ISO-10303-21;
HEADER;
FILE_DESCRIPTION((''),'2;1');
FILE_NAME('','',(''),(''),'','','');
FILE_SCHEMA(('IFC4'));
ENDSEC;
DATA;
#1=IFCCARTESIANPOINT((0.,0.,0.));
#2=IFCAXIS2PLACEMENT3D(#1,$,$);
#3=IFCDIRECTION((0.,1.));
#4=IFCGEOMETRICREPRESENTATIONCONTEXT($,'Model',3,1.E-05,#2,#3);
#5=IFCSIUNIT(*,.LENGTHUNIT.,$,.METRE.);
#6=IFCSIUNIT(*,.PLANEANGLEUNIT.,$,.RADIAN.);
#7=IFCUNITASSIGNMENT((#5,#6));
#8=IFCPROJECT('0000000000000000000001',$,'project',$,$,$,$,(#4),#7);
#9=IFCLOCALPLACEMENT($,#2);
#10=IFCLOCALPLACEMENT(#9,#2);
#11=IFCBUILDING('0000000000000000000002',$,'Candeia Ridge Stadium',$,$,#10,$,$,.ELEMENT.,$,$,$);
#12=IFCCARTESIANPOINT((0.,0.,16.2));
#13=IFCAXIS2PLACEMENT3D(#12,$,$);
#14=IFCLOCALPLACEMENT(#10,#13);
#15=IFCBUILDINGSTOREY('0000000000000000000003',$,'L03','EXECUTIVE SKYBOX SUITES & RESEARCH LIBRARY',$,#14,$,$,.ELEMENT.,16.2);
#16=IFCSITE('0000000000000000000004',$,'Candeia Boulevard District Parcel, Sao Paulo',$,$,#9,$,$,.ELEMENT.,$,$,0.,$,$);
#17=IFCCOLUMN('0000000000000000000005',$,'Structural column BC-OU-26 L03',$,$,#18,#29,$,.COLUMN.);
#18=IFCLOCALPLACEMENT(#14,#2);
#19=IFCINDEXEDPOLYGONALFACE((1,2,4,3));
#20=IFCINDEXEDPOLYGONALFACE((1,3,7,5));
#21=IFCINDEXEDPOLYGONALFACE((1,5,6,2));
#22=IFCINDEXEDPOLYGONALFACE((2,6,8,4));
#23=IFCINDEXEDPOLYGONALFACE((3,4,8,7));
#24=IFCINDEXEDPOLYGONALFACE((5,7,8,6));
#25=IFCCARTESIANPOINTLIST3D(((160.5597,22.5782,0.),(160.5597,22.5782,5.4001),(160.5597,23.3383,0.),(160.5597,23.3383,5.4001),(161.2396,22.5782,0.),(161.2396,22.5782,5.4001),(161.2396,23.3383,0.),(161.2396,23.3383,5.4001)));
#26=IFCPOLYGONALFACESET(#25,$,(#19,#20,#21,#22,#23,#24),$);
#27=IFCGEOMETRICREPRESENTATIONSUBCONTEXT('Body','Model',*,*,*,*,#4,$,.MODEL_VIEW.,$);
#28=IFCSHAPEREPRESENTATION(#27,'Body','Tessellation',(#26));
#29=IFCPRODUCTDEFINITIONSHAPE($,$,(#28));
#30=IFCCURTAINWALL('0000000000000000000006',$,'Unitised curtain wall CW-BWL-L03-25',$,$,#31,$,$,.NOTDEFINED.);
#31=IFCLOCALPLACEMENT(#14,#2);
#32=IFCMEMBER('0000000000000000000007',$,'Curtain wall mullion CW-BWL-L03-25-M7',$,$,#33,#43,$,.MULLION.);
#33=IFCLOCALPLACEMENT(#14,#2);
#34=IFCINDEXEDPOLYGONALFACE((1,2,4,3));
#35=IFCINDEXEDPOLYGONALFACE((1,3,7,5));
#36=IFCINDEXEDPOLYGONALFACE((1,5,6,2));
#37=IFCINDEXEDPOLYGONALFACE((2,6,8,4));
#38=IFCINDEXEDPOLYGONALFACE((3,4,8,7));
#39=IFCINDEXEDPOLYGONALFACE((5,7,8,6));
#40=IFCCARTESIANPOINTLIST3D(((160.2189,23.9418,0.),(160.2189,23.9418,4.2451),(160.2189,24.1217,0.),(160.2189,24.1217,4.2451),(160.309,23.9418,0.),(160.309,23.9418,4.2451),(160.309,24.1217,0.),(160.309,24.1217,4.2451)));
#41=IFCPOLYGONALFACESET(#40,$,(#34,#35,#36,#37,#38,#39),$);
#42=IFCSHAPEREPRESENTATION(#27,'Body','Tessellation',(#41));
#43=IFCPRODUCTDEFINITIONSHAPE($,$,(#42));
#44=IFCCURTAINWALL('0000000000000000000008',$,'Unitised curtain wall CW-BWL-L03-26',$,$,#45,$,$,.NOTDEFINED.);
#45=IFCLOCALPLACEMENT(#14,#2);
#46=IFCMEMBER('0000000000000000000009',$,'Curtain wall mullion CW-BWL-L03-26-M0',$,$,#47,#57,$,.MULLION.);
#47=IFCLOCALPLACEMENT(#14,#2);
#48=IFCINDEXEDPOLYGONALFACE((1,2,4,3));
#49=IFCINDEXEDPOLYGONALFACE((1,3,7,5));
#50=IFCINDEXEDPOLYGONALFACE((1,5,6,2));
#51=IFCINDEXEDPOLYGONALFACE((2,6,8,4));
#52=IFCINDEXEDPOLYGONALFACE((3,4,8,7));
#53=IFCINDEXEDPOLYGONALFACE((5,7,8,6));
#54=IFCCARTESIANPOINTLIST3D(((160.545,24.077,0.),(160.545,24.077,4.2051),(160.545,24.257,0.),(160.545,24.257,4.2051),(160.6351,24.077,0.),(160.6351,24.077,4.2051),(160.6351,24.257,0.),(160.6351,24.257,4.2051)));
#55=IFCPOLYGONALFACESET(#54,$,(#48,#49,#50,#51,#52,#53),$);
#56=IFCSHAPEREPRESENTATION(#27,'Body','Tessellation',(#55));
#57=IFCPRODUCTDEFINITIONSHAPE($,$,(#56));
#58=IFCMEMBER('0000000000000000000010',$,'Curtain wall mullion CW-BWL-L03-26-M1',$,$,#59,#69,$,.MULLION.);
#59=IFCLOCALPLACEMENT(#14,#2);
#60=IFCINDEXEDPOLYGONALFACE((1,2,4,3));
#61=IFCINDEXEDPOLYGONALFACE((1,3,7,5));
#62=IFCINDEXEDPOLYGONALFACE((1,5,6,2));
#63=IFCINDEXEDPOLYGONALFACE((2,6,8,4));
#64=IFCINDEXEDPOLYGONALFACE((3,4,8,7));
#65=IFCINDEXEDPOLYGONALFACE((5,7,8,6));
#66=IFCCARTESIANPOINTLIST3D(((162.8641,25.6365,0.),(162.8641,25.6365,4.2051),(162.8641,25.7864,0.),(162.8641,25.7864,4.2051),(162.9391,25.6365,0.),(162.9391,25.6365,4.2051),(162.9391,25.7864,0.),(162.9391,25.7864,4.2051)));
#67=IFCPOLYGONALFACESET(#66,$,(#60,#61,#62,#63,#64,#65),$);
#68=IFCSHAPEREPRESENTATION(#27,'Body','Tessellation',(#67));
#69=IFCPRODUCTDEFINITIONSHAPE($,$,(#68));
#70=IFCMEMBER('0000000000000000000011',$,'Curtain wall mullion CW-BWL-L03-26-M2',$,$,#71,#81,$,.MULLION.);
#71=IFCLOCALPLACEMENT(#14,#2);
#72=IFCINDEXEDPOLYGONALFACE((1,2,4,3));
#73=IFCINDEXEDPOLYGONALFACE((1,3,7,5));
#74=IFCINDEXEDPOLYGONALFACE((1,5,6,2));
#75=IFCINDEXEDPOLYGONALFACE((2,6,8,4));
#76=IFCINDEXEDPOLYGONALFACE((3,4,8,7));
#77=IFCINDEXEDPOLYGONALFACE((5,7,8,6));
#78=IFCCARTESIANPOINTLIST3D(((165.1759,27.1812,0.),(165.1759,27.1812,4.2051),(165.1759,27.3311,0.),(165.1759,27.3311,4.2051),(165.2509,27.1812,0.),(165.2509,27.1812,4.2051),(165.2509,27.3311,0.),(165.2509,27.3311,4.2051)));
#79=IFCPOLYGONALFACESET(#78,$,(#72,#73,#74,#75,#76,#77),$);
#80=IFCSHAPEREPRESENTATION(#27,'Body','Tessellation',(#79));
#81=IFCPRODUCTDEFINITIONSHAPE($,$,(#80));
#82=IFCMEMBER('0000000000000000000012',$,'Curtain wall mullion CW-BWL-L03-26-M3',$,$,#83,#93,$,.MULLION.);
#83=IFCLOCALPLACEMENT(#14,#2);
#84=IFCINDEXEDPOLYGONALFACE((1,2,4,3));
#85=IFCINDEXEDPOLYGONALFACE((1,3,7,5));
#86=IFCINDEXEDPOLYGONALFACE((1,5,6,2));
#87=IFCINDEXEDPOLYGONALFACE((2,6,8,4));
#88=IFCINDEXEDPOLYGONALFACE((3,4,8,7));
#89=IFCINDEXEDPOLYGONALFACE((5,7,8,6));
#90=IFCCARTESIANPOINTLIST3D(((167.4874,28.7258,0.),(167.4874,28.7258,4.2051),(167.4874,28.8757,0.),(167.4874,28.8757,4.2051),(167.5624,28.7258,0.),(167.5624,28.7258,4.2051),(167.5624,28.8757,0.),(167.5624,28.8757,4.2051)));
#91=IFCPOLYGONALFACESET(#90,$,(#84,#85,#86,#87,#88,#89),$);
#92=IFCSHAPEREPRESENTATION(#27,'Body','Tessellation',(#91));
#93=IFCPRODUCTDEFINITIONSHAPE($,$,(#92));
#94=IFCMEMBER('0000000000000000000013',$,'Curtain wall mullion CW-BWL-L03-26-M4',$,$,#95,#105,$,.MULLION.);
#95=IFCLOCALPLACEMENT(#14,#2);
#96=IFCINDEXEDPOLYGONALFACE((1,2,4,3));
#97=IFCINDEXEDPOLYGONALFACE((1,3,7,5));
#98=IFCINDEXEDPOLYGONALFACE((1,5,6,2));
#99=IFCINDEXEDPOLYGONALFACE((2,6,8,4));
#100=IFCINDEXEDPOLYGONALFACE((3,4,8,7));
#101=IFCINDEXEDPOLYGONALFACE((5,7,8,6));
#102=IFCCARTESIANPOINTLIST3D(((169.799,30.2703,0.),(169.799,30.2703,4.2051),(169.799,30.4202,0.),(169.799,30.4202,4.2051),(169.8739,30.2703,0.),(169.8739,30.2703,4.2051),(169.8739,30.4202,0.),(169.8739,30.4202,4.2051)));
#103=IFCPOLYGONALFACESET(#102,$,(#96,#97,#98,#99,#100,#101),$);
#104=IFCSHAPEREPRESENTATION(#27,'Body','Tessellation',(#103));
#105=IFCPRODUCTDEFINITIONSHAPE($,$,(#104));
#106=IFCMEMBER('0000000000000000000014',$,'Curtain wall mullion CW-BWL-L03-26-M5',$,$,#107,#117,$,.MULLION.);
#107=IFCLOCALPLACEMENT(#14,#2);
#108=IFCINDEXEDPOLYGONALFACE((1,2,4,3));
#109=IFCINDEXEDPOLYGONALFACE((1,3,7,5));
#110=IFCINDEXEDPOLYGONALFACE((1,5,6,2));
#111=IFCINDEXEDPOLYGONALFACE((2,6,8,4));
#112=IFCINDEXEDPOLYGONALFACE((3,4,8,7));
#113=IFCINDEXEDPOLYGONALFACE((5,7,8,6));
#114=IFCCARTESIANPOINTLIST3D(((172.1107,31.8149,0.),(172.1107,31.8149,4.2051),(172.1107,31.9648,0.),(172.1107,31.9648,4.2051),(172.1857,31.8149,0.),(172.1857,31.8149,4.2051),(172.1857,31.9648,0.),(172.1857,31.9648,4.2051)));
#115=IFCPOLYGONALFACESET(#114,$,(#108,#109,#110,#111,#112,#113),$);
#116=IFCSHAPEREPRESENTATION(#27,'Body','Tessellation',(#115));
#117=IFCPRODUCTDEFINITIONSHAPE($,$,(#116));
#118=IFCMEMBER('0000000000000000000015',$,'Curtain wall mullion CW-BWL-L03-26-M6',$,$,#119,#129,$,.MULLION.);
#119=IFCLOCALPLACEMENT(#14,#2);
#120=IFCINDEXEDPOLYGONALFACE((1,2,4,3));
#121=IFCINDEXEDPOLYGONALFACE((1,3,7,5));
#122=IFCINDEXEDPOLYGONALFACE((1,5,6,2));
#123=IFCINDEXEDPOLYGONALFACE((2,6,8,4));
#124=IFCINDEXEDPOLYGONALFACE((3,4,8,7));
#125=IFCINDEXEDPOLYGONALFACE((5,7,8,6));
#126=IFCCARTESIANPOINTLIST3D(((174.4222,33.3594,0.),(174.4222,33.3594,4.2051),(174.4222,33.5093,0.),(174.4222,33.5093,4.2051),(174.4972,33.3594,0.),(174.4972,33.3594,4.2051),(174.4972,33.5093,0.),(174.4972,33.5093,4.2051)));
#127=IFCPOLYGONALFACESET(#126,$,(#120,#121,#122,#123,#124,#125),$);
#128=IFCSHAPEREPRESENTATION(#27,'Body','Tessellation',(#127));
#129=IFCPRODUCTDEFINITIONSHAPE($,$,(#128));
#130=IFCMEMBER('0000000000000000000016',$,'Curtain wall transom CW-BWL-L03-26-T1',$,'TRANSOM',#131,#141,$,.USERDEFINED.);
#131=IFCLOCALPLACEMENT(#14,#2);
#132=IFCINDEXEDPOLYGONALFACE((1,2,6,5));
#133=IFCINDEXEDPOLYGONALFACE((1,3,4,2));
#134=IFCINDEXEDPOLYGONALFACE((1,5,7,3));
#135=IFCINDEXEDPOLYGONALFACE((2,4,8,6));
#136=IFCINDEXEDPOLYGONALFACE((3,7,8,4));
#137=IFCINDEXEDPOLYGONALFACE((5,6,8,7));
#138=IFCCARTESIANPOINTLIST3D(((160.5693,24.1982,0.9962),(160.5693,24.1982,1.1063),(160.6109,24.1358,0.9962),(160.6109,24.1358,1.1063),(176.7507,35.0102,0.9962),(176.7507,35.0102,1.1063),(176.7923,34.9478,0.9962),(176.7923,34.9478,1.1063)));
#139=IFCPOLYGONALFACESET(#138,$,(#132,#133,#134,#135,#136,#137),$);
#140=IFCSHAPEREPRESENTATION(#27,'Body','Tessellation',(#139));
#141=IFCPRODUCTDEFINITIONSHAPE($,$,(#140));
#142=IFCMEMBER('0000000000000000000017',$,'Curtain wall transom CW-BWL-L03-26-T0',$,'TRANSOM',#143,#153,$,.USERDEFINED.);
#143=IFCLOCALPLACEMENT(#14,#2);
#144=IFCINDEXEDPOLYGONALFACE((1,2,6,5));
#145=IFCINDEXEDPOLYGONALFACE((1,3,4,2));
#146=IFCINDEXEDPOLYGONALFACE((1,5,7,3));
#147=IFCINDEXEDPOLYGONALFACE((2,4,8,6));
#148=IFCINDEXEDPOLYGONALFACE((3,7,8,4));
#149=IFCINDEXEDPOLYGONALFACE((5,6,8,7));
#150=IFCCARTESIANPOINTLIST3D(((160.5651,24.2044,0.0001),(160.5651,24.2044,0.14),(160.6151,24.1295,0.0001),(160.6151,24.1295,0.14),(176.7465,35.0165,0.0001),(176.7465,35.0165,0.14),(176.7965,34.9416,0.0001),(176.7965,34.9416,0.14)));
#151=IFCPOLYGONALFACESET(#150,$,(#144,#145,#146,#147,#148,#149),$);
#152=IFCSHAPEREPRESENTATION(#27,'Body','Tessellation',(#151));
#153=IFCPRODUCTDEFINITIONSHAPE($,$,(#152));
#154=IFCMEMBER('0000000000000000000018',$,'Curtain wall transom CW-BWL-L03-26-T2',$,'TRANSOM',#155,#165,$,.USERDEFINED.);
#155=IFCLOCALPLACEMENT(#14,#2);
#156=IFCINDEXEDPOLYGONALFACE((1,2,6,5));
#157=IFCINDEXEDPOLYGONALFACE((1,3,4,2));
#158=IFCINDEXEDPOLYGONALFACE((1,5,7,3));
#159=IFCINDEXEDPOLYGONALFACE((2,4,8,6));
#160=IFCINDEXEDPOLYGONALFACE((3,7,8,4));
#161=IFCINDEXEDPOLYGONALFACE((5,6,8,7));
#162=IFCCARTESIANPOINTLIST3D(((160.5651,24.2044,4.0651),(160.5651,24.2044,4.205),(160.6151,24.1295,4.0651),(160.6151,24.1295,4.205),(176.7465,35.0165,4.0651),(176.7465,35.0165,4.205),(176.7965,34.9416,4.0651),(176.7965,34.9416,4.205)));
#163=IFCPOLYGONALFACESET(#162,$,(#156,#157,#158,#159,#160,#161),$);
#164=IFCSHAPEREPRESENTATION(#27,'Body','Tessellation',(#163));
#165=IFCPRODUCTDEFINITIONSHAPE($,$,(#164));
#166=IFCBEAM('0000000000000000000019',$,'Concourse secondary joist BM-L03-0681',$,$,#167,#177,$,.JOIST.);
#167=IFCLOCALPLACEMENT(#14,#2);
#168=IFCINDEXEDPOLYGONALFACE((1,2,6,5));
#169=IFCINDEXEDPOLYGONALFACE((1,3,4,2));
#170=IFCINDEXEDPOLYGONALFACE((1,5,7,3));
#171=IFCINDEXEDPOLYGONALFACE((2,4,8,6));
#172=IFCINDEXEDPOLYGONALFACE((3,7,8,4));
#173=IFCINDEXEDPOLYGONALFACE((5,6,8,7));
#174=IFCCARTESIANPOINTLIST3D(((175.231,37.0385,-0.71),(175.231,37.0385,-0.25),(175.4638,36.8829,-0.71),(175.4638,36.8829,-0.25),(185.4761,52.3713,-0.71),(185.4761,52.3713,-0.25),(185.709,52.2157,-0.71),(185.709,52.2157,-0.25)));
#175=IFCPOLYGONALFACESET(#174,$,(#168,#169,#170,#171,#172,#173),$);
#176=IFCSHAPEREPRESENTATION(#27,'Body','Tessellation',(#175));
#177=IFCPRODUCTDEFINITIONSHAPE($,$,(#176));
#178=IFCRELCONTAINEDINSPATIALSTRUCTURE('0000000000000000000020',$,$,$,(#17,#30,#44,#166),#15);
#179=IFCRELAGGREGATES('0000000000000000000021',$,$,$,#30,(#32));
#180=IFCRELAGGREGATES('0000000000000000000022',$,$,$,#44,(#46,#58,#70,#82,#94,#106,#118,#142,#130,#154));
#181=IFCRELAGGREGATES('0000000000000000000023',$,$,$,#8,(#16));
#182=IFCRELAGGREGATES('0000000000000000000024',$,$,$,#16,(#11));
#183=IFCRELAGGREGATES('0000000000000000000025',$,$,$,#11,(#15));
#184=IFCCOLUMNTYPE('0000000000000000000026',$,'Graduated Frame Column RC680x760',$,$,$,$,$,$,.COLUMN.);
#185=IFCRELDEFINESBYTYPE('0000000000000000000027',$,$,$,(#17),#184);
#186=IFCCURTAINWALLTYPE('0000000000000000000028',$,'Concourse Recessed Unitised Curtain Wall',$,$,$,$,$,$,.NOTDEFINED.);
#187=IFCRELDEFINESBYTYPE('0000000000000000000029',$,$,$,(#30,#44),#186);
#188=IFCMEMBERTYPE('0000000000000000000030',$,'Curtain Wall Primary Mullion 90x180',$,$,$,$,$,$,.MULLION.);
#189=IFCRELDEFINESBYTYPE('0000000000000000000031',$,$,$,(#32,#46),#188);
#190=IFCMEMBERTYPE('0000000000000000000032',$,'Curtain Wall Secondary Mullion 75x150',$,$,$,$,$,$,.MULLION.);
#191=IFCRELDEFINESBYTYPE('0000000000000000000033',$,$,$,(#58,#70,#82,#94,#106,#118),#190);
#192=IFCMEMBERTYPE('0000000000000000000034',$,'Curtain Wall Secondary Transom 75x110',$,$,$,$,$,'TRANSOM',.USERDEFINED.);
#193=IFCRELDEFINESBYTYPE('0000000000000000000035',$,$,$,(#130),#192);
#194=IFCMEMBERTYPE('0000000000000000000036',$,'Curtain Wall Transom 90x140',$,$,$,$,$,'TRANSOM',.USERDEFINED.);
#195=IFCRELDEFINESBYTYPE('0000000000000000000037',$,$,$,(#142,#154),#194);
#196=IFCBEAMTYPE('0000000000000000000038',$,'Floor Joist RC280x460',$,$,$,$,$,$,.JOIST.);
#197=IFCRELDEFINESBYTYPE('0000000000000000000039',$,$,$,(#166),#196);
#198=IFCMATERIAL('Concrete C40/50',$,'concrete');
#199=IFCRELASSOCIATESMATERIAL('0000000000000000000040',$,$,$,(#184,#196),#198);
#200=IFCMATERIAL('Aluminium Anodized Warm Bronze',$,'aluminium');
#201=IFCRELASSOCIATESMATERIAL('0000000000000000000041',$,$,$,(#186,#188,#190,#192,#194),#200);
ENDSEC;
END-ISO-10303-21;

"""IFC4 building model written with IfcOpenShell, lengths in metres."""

from ifc_helpers import new_model, si_unit, direction, frame, origin, origin_2d, place, context, subcontext, project, spatial, rectangle, extrude, material, material_profile, profile_set, type_object, element, aggregate, save


model = new_model("IFC4")

# Units and contexts
model_context = context("Model", 3, precision=1e-05, world=origin(), true_north=direction((0.0, 1.0)))
body_context = subcontext(model_context, "Body", "Model", "MODEL_VIEW")
ifc_project = project(units=[si_unit("LENGTHUNIT", "METRE"), si_unit("PLANEANGLEUNIT", "RADIAN")], contexts=[model_context])

# Site, building, storey
site_placement = place(None, origin())
site = spatial("IfcSite", under=ifc_project, at=site_placement, Name="Candeia Boulevard District Parcel, Sao Paulo", CompositionType="ELEMENT", RefElevation=0.0)
building_placement = place(site_placement, origin())
building = spatial("IfcBuilding", under=site, at=building_placement, Name="Candeia Ridge Stadium", CompositionType="ELEMENT")
storey_placement = place(building_placement, frame((0.0, 0.0, 16.2)))
storey = spatial("IfcBuildingStorey", under=building, at=storey_placement, Name="L03", Description="EXECUTIVE SKYBOX SUITES & RESEARCH LIBRARY", CompositionType="ELEMENT", Elevation=16.2)

# Column
ifc_material_1 = material(Name="Concrete C40/50", Category="concrete")
ifc_material_profile_1 = material_profile(ifc_material_1, rectangle(XDim=0.6799, YDim=0.76, at=origin_2d()), Name="RC680x760", Category="concrete")
ifc_profile_set_1 = profile_set([ifc_material_profile_1], Name="Concrete C40/50")
column_type = type_object("IfcColumnType", Name="Graduated Frame Column RC680x760", PredefinedType="COLUMN", material=ifc_profile_set_1)
column_placement = place(storey_placement, frame((160.8997, 22.9583, 0.0), z_axis=(0.0, 0.0, 1.0), x_axis=(1.0, 0.0, 0.0)))
element("IfcColumn", 1, at=column_placement, inside=storey, type_object=column_type, Name="Structural column BC-OU-26 L03", PredefinedType="COLUMN", context=body_context, shape_type="SweptSolid", body=[
    extrude(rectangle(XDim=0.6799, YDim=0.76, at=origin_2d()), origin(), (0.0, 0.0, 1.0), 5.4001),
])

# Curtain wall, member
ifc_material_2 = material(Name="Aluminium Anodized Warm Bronze", Category="aluminium")
curtain_wall_type = type_object("IfcCurtainWallType", Name="Concourse Recessed Unitised Curtain Wall", PredefinedType="NOTDEFINED", material=ifc_material_2)
curtain_wall_1_placement = place(storey_placement, origin())
curtain_wall_1 = element("IfcCurtainWall", 2, at=curtain_wall_1_placement, inside=storey, type_object=curtain_wall_type, Name="Unitised curtain wall CW-BWL-L03-25", PredefinedType="NOTDEFINED")
ifc_material_profile_2 = material_profile(ifc_material_2, rectangle(XDim=0.0901, YDim=0.1799, at=origin_2d()), Name="CWM-90x180", Category="aluminium")
ifc_profile_set_2 = profile_set([ifc_material_profile_2], Name="Aluminium Anodized Warm Bronze")
member_type_1 = type_object("IfcMemberType", Name="Curtain Wall Primary Mullion 90x180", PredefinedType="MULLION", material=ifc_profile_set_2)
member_1_placement = place(storey_placement, frame((160.2639, 24.0317, 0.0), z_axis=(0.0, 0.0, 1.0), x_axis=(1.0, 0.0, 0.0)))
member_1 = element("IfcMember", 3, at=member_1_placement, type_object=member_type_1, Name="Curtain wall mullion CW-BWL-L03-25-M7", PredefinedType="MULLION", context=body_context, shape_type="SweptSolid", body=[
    extrude(rectangle(XDim=0.0901, YDim=0.1799, at=origin_2d()), origin(), (0.0, 0.0, 1.0), 4.2451),
])
aggregate(curtain_wall_1, [member_1])

# Curtain wall, members
curtain_wall_2_placement = place(storey_placement, origin())
curtain_wall_2 = element("IfcCurtainWall", 4, at=curtain_wall_2_placement, inside=storey, type_object=curtain_wall_type, Name="Unitised curtain wall CW-BWL-L03-26", PredefinedType="NOTDEFINED")
member_2_placement = place(storey_placement, frame((160.5901, 24.167, 0.0), z_axis=(0.0, 0.0, 1.0), x_axis=(1.0, 0.0, 0.0)))
member_2 = element("IfcMember", 5, at=member_2_placement, type_object=member_type_1, Name="Curtain wall mullion CW-BWL-L03-26-M0", PredefinedType="MULLION", context=body_context, shape_type="SweptSolid", body=[
    extrude(rectangle(XDim=0.0901, YDim=0.1799, at=origin_2d()), origin(), (0.0, 0.0, 1.0), 4.2051),
])
ifc_material_profile_3 = material_profile(ifc_material_2, rectangle(XDim=0.075, YDim=0.1499, at=origin_2d()), Name="CWM-75x150", Category="aluminium")
ifc_profile_set_3 = profile_set([ifc_material_profile_3], Name="Aluminium Anodized Warm Bronze")
member_type_2 = type_object("IfcMemberType", Name="Curtain Wall Secondary Mullion 75x150", PredefinedType="MULLION", material=ifc_profile_set_3)
member_3_placement = place(storey_placement, frame((162.9016, 25.7114, 0.0), z_axis=(0.0, 0.0, 1.0), x_axis=(1.0, 0.0, 0.0)))
member_3 = element("IfcMember", 6, at=member_3_placement, type_object=member_type_2, Name="Curtain wall mullion CW-BWL-L03-26-M1", PredefinedType="MULLION", context=body_context, shape_type="SweptSolid", body=[
    extrude(rectangle(XDim=0.075, YDim=0.1499, at=origin_2d()), origin(), (0.0, 0.0, 1.0), 4.2051),
])
member_4_placement = place(storey_placement, frame((165.2134, 27.2561, 0.0), z_axis=(0.0, 0.0, 1.0), x_axis=(1.0, 0.0, 0.0)))
member_4 = element("IfcMember", 7, at=member_4_placement, type_object=member_type_2, Name="Curtain wall mullion CW-BWL-L03-26-M2", PredefinedType="MULLION", context=body_context, shape_type="SweptSolid", body=[
    extrude(rectangle(XDim=0.075, YDim=0.1499, at=origin_2d()), origin(), (0.0, 0.0, 1.0), 4.2051),
])
member_5_placement = place(storey_placement, frame((167.5249, 28.8008, 0.0), z_axis=(0.0, 0.0, 1.0), x_axis=(1.0, 0.0, 0.0)))
member_5 = element("IfcMember", 8, at=member_5_placement, type_object=member_type_2, Name="Curtain wall mullion CW-BWL-L03-26-M3", PredefinedType="MULLION", context=body_context, shape_type="SweptSolid", body=[
    extrude(rectangle(XDim=0.075, YDim=0.1499, at=origin_2d()), origin(), (0.0, 0.0, 1.0), 4.2051),
])
member_6_placement = place(storey_placement, frame((169.8364, 30.3452, 0.0), z_axis=(0.0, 0.0, 1.0), x_axis=(1.0, 0.0, 0.0)))
member_6 = element("IfcMember", 9, at=member_6_placement, type_object=member_type_2, Name="Curtain wall mullion CW-BWL-L03-26-M4", PredefinedType="MULLION", context=body_context, shape_type="SweptSolid", body=[
    extrude(rectangle(XDim=0.075, YDim=0.1499, at=origin_2d()), origin(), (0.0, 0.0, 1.0), 4.2051),
])
member_7_placement = place(storey_placement, frame((172.1482, 31.8899, 0.0), z_axis=(0.0, 0.0, 1.0), x_axis=(1.0, 0.0, 0.0)))
member_7 = element("IfcMember", 10, at=member_7_placement, type_object=member_type_2, Name="Curtain wall mullion CW-BWL-L03-26-M5", PredefinedType="MULLION", context=body_context, shape_type="SweptSolid", body=[
    extrude(rectangle(XDim=0.075, YDim=0.1499, at=origin_2d()), origin(), (0.0, 0.0, 1.0), 4.2051),
])
member_8_placement = place(storey_placement, frame((174.4597, 33.4343, 0.0), z_axis=(0.0, 0.0, 1.0), x_axis=(1.0, 0.0, 0.0)))
member_8 = element("IfcMember", 11, at=member_8_placement, type_object=member_type_2, Name="Curtain wall mullion CW-BWL-L03-26-M6", PredefinedType="MULLION", context=body_context, shape_type="SweptSolid", body=[
    extrude(rectangle(XDim=0.075, YDim=0.1499, at=origin_2d()), origin(), (0.0, 0.0, 1.0), 4.2051),
])
ifc_material_profile_4 = material_profile(ifc_material_2, rectangle(XDim=0.075, YDim=0.1101, at=origin_2d()), Name="CWT-75x110", Category="aluminium")
ifc_profile_set_4 = profile_set([ifc_material_profile_4], Name="Aluminium Anodized Warm Bronze")
member_type_3 = type_object("IfcMemberType", Name="Curtain Wall Secondary Transom 75x110", ElementType="TRANSOM", PredefinedType="USERDEFINED", material=ifc_profile_set_4)
member_9_placement = place(storey_placement, frame((160.5901, 24.167, 1.0513), z_axis=(0.831471, 0.555568, 0.0), x_axis=(-0.555568, 0.831471, 0.0)))
member_9 = element("IfcMember", 12, at=member_9_placement, type_object=member_type_3, Name="Curtain wall transom CW-BWL-L03-26-T1", ObjectType="TRANSOM", PredefinedType="USERDEFINED", context=body_context, shape_type="SweptSolid", body=[
    extrude(rectangle(XDim=0.075, YDim=0.1101, at=origin_2d()), origin(), (0.0, 0.0, 1.0), 19.4612),
])
ifc_material_profile_5 = material_profile(ifc_material_2, rectangle(XDim=0.0901, YDim=0.1399, at=origin_2d()), Name="CWT-90x140", Category="aluminium")
ifc_profile_set_5 = profile_set([ifc_material_profile_5], Name="Aluminium Anodized Warm Bronze")
member_type_4 = type_object("IfcMemberType", Name="Curtain Wall Transom 90x140", ElementType="TRANSOM", PredefinedType="USERDEFINED", material=ifc_profile_set_5)
member_10_placement = place(storey_placement, frame((160.5901, 24.167, 0.0701), z_axis=(0.831471, 0.555568, 0.0), x_axis=(-0.555568, 0.831471, 0.0)))
member_10 = element("IfcMember", 13, at=member_10_placement, type_object=member_type_4, Name="Curtain wall transom CW-BWL-L03-26-T0", ObjectType="TRANSOM", PredefinedType="USERDEFINED", context=body_context, shape_type="SweptSolid", body=[
    extrude(rectangle(XDim=0.0901, YDim=0.1399, at=origin_2d()), origin(), (0.0, 0.0, 1.0), 19.4612),
])
member_11_placement = place(storey_placement, frame((160.5901, 24.167, 4.135), z_axis=(0.831471, 0.555568, 0.0), x_axis=(-0.555568, 0.831471, 0.0)))
member_11 = element("IfcMember", 14, at=member_11_placement, type_object=member_type_4, Name="Curtain wall transom CW-BWL-L03-26-T2", ObjectType="TRANSOM", PredefinedType="USERDEFINED", context=body_context, shape_type="SweptSolid", body=[
    extrude(rectangle(XDim=0.0901, YDim=0.1399, at=origin_2d()), origin(), (0.0, 0.0, 1.0), 19.4612),
])

# Beam
ifc_material_profile_6 = material_profile(ifc_material_1, rectangle(XDim=0.28, YDim=0.46, at=origin_2d()), Name="RC280x460", Category="concrete")
ifc_profile_set_6 = profile_set([ifc_material_profile_6], Name="Concrete C40/50")
beam_type_1 = type_object("IfcBeamType", Name="Floor Joist RC280x460", PredefinedType="JOIST", material=ifc_profile_set_6)
beam_1_placement = place(storey_placement, frame((175.3474, 36.9607, -0.48), z_axis=(0.555574, 0.831467, 0.0), x_axis=(-0.831467, 0.555574, 0.0)))
element("IfcBeam", 15, at=beam_1_placement, inside=storey, type_object=beam_type_1, Name="Concourse secondary joist BM-L03-0681", PredefinedType="JOIST", context=body_context, shape_type="SweptSolid", body=[
    extrude(rectangle(XDim=0.28, YDim=0.46, at=origin_2d()), origin(), (0.0, 0.0, 1.0), 18.4407),
])

aggregate(curtain_wall_2, [member_2, member_3, member_4, member_5, member_6, member_7, member_8, member_10, member_9, member_11])

save(model, "model.ifc")
